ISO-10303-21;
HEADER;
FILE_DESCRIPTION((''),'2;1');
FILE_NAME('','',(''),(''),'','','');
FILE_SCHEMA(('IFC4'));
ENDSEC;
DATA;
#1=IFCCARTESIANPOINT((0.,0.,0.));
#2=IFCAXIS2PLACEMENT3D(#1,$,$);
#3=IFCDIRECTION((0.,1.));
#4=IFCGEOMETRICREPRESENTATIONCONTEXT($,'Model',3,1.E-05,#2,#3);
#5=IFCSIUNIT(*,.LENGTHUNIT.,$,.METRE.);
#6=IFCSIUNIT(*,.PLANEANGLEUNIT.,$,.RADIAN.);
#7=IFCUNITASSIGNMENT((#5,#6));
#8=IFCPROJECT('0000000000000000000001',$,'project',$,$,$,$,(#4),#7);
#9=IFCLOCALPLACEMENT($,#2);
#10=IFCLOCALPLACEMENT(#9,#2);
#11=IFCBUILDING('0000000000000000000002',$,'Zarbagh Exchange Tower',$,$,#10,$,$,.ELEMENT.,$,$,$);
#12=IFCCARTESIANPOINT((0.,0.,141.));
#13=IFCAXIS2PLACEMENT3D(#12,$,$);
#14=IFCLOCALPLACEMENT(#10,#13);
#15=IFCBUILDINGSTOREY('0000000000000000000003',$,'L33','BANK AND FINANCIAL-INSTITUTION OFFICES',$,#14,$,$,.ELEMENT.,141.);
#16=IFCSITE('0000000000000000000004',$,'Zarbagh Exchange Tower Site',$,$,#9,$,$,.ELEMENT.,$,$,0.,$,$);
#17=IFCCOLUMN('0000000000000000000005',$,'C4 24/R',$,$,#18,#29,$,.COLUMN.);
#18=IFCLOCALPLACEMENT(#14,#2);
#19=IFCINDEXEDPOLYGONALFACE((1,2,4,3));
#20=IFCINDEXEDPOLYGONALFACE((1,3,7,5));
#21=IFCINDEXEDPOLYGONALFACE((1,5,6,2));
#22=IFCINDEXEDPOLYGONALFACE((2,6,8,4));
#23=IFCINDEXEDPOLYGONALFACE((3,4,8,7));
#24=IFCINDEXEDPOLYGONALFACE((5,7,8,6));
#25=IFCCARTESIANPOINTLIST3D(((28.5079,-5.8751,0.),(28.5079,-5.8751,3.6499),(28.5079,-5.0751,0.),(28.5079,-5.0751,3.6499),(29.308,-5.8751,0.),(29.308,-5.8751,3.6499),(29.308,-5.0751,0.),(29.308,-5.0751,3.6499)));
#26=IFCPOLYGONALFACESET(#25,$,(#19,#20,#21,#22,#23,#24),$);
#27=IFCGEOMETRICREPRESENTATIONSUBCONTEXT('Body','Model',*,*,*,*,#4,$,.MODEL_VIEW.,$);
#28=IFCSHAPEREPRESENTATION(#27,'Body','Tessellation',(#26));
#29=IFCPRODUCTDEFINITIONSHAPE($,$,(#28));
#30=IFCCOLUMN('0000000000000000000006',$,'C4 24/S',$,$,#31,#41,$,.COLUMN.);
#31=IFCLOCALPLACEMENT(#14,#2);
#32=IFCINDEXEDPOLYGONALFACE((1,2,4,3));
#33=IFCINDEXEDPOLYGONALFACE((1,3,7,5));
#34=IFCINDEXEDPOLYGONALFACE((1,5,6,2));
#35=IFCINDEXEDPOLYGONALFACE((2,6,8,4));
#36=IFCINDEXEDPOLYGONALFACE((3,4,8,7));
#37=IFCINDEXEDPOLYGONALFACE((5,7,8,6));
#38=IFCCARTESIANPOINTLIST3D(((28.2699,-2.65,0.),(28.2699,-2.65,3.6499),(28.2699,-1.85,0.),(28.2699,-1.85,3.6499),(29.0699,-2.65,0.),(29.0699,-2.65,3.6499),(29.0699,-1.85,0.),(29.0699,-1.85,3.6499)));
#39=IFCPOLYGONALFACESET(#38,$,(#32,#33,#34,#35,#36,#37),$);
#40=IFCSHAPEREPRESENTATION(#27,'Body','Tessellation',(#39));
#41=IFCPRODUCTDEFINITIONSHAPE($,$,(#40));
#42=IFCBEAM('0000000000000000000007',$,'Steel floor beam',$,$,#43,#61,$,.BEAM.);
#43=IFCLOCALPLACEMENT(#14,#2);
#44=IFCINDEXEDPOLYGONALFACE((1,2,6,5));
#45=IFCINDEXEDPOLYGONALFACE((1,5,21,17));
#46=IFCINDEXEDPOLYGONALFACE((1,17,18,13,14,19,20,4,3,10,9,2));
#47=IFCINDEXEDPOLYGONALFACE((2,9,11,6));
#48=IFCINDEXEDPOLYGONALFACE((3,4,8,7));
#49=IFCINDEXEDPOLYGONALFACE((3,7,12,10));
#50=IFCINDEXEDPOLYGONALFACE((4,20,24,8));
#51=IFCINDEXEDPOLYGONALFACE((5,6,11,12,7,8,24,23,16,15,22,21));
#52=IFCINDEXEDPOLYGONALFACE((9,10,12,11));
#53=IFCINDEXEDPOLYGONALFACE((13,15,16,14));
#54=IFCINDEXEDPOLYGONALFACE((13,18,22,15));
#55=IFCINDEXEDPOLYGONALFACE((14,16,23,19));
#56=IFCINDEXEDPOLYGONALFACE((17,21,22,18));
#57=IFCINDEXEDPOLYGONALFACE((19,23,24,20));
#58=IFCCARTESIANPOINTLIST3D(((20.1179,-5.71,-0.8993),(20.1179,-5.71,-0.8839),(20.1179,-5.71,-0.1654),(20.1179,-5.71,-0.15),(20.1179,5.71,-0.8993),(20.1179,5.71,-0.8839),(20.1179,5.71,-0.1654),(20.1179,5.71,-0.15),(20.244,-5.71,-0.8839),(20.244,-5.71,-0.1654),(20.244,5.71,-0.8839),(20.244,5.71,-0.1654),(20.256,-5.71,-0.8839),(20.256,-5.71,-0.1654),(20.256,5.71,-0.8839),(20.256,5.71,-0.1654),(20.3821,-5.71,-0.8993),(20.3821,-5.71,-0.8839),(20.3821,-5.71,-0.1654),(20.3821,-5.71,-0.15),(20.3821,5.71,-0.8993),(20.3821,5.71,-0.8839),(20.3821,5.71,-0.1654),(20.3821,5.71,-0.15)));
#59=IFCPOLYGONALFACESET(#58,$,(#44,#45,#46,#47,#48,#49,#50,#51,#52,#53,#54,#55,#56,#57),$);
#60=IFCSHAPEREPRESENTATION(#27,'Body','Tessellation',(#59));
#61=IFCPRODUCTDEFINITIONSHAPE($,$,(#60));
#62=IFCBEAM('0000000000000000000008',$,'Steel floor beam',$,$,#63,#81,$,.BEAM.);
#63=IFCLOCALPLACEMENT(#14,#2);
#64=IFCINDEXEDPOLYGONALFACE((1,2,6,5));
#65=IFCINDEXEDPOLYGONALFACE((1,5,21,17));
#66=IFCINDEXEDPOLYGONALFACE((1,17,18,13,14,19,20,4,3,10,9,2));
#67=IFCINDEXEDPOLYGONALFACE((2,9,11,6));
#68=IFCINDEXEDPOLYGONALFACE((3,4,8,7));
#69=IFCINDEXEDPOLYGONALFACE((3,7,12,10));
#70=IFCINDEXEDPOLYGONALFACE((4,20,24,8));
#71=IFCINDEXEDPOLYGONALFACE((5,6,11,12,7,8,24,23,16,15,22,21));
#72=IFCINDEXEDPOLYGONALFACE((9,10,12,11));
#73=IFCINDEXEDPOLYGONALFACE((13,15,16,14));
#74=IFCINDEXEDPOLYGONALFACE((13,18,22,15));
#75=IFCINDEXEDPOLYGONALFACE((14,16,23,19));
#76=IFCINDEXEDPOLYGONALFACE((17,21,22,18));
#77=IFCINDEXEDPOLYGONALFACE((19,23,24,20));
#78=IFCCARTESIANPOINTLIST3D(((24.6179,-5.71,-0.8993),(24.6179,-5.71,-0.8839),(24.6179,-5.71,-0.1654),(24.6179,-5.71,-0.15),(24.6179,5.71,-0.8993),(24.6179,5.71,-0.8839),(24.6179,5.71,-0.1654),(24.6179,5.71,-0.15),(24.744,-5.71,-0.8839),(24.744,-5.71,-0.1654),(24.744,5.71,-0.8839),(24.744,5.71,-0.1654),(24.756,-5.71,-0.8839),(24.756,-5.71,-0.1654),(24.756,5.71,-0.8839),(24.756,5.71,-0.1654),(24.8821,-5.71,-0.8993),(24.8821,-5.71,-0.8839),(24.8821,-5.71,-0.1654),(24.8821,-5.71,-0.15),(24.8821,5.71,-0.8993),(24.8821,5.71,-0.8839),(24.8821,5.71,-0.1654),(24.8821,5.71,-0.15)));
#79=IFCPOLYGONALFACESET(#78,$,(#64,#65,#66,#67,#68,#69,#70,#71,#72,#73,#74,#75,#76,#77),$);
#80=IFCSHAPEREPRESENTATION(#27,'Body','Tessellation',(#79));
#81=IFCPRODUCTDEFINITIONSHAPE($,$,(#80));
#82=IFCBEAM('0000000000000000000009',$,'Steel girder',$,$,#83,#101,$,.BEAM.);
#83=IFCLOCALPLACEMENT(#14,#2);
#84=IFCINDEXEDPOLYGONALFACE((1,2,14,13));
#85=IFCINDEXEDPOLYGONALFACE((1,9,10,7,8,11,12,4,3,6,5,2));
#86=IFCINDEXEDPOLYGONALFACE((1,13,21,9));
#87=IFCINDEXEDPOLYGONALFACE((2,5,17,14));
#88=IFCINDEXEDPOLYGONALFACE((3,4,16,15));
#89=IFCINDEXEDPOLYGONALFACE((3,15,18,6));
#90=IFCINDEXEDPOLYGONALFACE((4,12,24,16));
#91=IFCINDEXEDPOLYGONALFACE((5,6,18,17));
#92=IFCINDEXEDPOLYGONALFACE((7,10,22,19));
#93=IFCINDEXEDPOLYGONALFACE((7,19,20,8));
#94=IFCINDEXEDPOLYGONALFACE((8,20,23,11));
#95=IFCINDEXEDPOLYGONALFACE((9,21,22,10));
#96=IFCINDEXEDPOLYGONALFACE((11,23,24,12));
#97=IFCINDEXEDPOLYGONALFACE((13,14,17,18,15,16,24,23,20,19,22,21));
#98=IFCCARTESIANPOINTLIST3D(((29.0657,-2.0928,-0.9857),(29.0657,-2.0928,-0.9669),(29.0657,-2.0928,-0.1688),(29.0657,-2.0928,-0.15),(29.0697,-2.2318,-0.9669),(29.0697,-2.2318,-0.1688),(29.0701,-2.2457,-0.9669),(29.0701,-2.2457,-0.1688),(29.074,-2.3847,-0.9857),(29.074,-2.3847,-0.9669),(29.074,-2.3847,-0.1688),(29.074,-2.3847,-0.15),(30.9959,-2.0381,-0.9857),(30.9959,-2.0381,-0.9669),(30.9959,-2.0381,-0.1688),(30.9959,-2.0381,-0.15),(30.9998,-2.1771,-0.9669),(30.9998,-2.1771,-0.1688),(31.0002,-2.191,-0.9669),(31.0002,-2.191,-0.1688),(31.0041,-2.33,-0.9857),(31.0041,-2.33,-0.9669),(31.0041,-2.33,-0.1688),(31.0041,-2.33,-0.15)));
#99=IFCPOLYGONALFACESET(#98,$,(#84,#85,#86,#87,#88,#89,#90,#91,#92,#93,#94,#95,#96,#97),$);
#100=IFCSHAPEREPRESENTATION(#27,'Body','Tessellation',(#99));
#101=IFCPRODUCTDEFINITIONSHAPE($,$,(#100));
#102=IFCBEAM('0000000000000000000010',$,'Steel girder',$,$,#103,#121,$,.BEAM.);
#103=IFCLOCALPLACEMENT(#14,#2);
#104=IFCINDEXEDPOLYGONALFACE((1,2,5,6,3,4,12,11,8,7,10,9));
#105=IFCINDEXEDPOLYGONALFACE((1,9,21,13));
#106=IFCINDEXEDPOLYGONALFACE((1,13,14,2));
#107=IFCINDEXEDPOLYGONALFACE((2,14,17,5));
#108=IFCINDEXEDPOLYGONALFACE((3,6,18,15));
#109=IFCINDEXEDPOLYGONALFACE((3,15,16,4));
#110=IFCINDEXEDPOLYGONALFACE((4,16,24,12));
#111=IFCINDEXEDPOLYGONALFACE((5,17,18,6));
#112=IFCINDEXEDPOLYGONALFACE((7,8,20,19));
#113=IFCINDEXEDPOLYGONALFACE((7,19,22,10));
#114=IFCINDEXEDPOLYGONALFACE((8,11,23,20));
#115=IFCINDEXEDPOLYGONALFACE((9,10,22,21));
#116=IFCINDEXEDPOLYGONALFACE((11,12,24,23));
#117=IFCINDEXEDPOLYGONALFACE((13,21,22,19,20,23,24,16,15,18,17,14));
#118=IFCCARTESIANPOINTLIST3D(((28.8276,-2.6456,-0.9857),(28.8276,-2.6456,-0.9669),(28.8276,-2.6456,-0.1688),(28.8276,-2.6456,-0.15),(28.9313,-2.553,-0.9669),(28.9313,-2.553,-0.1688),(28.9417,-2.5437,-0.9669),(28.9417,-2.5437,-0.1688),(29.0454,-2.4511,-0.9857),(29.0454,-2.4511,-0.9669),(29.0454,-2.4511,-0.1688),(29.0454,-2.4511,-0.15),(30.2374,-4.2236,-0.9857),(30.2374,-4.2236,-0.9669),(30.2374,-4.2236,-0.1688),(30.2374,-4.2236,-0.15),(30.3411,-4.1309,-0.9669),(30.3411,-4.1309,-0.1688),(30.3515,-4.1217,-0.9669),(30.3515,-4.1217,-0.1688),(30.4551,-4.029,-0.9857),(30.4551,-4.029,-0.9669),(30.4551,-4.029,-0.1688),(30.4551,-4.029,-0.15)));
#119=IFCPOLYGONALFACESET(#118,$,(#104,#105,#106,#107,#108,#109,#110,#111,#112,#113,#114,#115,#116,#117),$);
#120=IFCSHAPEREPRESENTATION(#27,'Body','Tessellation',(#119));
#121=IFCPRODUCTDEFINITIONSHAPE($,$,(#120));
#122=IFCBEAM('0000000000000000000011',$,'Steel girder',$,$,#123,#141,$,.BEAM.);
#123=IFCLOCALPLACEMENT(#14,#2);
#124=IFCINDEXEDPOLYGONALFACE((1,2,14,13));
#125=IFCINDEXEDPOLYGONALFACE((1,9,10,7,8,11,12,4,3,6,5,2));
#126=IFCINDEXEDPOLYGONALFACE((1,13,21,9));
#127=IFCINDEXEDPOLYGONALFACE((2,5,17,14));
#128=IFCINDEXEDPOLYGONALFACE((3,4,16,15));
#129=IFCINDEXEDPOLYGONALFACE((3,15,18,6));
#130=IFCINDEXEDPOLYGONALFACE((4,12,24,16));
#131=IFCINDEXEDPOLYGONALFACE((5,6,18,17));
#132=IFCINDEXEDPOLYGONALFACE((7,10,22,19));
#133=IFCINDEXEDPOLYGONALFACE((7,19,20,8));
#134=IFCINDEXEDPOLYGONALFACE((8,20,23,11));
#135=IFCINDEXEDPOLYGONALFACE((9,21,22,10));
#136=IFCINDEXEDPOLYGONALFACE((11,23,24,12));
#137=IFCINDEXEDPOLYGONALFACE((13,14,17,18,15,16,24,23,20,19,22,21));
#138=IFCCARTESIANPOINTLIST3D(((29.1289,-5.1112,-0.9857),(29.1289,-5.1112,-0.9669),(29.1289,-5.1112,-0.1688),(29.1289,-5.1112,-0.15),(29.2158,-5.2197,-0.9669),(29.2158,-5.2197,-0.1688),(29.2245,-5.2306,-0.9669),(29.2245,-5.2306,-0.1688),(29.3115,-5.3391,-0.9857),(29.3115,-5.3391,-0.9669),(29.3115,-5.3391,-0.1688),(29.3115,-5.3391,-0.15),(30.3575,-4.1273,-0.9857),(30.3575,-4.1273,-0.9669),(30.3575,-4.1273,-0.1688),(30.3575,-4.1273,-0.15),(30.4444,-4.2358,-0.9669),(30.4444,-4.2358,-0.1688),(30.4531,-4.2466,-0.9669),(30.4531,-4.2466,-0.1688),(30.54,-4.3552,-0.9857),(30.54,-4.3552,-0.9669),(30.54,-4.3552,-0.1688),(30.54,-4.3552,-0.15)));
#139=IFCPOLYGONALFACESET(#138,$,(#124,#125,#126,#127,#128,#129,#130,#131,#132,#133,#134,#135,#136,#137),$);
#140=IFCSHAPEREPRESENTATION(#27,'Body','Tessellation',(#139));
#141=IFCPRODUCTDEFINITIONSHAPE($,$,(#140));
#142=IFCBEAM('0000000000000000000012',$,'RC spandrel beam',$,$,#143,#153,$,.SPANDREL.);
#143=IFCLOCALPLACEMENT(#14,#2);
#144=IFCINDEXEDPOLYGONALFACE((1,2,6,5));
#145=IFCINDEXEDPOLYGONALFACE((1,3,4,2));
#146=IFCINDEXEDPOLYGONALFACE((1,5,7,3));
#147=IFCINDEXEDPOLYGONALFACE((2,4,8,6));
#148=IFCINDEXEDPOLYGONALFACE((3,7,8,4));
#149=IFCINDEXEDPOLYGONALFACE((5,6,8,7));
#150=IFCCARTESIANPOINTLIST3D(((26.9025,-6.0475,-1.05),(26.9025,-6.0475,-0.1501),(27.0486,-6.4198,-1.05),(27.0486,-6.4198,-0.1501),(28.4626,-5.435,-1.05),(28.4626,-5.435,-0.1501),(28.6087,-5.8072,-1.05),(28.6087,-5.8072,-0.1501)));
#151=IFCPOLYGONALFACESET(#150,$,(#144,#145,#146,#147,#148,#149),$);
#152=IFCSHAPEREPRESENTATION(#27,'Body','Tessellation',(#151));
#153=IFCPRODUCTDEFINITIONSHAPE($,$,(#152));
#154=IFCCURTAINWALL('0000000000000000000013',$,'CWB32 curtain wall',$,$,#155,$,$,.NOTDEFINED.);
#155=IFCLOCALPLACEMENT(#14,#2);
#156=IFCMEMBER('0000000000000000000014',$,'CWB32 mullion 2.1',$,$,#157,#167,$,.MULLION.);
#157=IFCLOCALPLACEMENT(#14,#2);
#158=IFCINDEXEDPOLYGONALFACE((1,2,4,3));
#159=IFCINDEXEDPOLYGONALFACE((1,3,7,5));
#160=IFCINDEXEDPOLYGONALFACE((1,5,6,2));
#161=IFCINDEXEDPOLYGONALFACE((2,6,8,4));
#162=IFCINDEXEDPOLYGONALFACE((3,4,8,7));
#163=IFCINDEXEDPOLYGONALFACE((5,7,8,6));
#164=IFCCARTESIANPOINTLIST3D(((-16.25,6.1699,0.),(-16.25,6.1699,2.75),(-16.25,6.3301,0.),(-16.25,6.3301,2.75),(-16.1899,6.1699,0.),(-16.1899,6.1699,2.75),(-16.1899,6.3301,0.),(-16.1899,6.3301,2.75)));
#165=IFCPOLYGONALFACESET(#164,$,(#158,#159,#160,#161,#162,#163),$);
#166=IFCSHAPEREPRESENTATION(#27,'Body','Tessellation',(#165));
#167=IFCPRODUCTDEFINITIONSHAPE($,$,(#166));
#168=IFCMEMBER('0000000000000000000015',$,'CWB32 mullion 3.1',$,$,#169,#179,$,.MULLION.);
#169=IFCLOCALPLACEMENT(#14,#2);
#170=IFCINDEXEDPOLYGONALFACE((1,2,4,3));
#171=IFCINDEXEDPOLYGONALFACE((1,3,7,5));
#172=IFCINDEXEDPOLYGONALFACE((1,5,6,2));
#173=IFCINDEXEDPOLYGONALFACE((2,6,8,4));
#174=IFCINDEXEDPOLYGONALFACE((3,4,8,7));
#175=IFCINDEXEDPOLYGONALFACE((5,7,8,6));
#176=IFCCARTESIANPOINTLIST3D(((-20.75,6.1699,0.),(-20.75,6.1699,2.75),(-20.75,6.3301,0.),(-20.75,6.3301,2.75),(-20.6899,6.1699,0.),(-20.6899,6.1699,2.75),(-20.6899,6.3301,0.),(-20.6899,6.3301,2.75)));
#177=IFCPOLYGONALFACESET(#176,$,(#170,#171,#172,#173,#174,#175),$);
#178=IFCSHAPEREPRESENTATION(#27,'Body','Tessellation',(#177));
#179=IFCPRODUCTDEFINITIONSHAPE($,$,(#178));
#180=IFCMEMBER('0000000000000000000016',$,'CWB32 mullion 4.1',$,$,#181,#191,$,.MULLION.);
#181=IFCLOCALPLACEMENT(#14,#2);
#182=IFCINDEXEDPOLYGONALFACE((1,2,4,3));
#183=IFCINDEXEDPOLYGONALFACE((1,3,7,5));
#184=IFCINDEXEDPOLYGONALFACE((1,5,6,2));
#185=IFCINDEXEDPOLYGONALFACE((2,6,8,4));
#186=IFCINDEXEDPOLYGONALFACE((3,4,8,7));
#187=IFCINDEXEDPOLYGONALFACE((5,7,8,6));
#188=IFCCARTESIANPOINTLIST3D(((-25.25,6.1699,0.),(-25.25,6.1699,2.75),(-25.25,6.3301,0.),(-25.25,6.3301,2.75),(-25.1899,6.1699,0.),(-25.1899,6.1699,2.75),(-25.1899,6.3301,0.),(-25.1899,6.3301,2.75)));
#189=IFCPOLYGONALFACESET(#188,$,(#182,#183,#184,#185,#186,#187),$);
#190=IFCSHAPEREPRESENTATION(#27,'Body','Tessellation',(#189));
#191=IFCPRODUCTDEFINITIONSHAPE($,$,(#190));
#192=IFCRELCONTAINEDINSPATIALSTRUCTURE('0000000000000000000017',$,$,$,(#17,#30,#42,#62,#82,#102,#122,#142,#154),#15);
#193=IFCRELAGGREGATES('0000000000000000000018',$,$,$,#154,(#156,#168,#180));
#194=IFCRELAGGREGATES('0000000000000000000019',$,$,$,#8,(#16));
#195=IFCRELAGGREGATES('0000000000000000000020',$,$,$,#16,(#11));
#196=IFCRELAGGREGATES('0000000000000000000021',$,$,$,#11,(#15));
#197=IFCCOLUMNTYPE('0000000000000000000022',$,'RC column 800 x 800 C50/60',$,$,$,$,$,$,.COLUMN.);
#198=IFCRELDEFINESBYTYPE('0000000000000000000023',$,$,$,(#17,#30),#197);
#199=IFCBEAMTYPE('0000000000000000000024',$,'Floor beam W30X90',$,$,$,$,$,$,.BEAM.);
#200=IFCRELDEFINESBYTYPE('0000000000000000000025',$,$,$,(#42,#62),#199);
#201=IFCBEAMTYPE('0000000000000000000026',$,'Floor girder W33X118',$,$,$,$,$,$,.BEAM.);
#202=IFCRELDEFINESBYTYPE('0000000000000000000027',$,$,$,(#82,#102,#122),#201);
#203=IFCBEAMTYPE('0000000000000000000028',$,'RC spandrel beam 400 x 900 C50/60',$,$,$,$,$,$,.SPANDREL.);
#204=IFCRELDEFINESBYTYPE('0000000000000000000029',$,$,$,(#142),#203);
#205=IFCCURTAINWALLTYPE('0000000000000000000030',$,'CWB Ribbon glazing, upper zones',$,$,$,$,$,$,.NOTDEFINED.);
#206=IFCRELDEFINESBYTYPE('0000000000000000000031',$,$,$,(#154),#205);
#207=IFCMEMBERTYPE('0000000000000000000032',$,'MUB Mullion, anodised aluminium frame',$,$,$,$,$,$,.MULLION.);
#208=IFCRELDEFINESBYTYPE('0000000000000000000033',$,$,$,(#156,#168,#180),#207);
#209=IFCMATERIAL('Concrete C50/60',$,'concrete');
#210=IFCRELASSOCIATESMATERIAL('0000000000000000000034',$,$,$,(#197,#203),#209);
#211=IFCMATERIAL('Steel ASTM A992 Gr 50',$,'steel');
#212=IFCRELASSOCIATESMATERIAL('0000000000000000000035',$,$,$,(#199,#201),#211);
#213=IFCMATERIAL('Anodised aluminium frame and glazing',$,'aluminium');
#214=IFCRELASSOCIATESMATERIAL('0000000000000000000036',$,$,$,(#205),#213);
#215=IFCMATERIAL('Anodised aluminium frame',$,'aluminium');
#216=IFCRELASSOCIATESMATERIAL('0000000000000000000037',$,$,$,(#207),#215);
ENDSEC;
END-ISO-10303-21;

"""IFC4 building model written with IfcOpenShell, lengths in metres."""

from ifc_helpers import new_model, si_unit, direction, frame, origin, origin_2d, place, context, subcontext, project, spatial, polyline, rectangle, i_section, outline, extrude, source, transform, mapped, material, material_profile, profile_set, type_object, element, aggregate, save


model = new_model("IFC4")

# Units and contexts
model_context = context("Model", 3, precision=1e-05, world=origin(), true_north=direction((0.0, 1.0)))
body_context = subcontext(model_context, "Body", "Model", "MODEL_VIEW")
ifc_project = project(units=[si_unit("LENGTHUNIT", "METRE"), si_unit("PLANEANGLEUNIT", "RADIAN")], contexts=[model_context])

# Site, building, storey
site_placement = place(None, origin())
site = spatial("IfcSite", under=ifc_project, at=site_placement, Name="Zarbagh Exchange Tower Site", CompositionType="ELEMENT", RefElevation=0.0)
building_placement = place(site_placement, origin())
building = spatial("IfcBuilding", under=site, at=building_placement, Name="Zarbagh Exchange Tower", CompositionType="ELEMENT")
storey_placement = place(building_placement, frame((0.0, 0.0, 141.0)))
storey = spatial("IfcBuildingStorey", under=building, at=storey_placement, Name="L33", Description="BANK AND FINANCIAL-INSTITUTION OFFICES", CompositionType="ELEMENT", Elevation=141.0)

# Columns
ifc_material_1 = material(Name="Concrete C50/60", Category="concrete")
ifc_material_profile_1 = material_profile(ifc_material_1, rectangle(XDim=0.8, YDim=0.8, at=origin_2d()), Name="RC column 800 x 800 C50/60")
ifc_profile_set_1 = profile_set([ifc_material_profile_1], Name="Concrete C50/60")
column_type = type_object("IfcColumnType", Name="RC column 800 x 800 C50/60", PredefinedType="COLUMN", material=ifc_profile_set_1)
for number, where, z_axis, x_axis, name in (
    (1, (28.908, -5.4751, 0.0), (0.0, 0.0, 1.0), (1.0, 0.0, 0.0), "C4 24/R"),
    (2, (28.6699, -2.25, 0.0), (0.0, 0.0, 1.0), (1.0, 0.0, 0.0), "C4 24/S"),
):
    element("IfcColumn", number, at=place(storey_placement, frame(where, z_axis=z_axis, x_axis=x_axis)), inside=storey, type_object=column_type, Name=name, PredefinedType="COLUMN", context=body_context, shape_type="SweptSolid", body=[
        extrude(rectangle(XDim=0.8, YDim=0.8, at=origin_2d()), origin(), (0.0, 0.0, 1.0), 3.6499),
    ])

# Beams
ifc_material_2 = material(Name="Steel ASTM A992 Gr 50", Category="steel")
ifc_material_profile_2 = material_profile(ifc_material_2, i_section(OverallWidth=0.2642, OverallDepth=0.7493, WebThickness=0.012, FlangeThickness=0.0154, at=origin_2d()), Name="W30X90")
ifc_profile_set_2 = profile_set([ifc_material_profile_2], Name="Steel ASTM A992 Gr 50")
beam_type_1 = type_object("IfcBeamType", Name="Floor beam W30X90", PredefinedType="BEAM", material=ifc_profile_set_2)
for number, where, z_axis, x_axis, name in (
    (3, (20.25, -5.71, -0.5247), (0.0, 1.0, 0.0), (-1.0, 0.0, 0.0), "Steel floor beam"),
    (4, (24.75, -5.71, -0.5247), (0.0, 1.0, 0.0), (-1.0, 0.0, 0.0), "Steel floor beam"),
):
    element("IfcBeam", number, at=place(storey_placement, frame(where, z_axis=z_axis, x_axis=x_axis)), inside=storey, type_object=beam_type_1, Name=name, PredefinedType="BEAM", context=body_context, shape_type="SweptSolid", body=[
        extrude(i_section(OverallWidth=0.2642, OverallDepth=0.7493, WebThickness=0.012, FlangeThickness=0.0154, at=origin_2d()), origin(), (0.0, 0.0, 1.0), 11.4199),
    ])
ifc_material_profile_3 = material_profile(ifc_material_2, i_section(OverallWidth=0.292, OverallDepth=0.8357, WebThickness=0.0139, FlangeThickness=0.0188, at=origin_2d()), Name="W33X118")
ifc_profile_set_3 = profile_set([ifc_material_profile_3], Name="Steel ASTM A992 Gr 50")
beam_type_2 = type_object("IfcBeamType", Name="Floor girder W33X118", PredefinedType="BEAM", material=ifc_profile_set_3)
beam_1_placement = place(storey_placement, frame((31.0, -2.1841, -0.5679), z_axis=(-0.999599, -0.028322, 0.0), x_axis=(0.028322, -0.999599, 0.0)))
element("IfcBeam", 5, at=beam_1_placement, inside=storey, type_object=beam_type_2, Name="Steel girder", PredefinedType="BEAM", context=body_context, shape_type="SweptSolid", body=[
    extrude(i_section(OverallWidth=0.292, OverallDepth=0.8357, WebThickness=0.0139, FlangeThickness=0.0188, at=origin_2d()), origin(), (0.0, 0.0, 1.0), 1.9309),
])
beam_2_placement = place(storey_placement, frame((28.9365, -2.5483, -0.5679), z_axis=(0.666238, -0.745739, 0.0), x_axis=(0.745739, 0.666238, 0.0)))
element("IfcBeam", 6, at=beam_2_placement, inside=storey, type_object=beam_type_2, Name="Steel girder", PredefinedType="BEAM", context=body_context, shape_type="SweptSolid", body=[
    extrude(i_section(OverallWidth=0.292, OverallDepth=0.8357, WebThickness=0.0139, FlangeThickness=0.0188, at=origin_2d()), origin(), (0.0, 0.0, 1.0), 2.116),
])
beam_3_placement = place(storey_placement, frame((30.4487, -4.2412, -0.5679), z_axis=(-0.780536, -0.625111, 0.0), x_axis=(0.625111, -0.780536, 0.0)))
element("IfcBeam", 7, at=beam_3_placement, inside=storey, type_object=beam_type_2, Name="Steel girder", PredefinedType="BEAM", context=body_context, shape_type="SweptSolid", body=[
    extrude(i_section(OverallWidth=0.292, OverallDepth=0.8357, WebThickness=0.0139, FlangeThickness=0.0188, at=origin_2d()), origin(), (0.0, 0.0, 1.0), 1.574),
])
ifc_material_profile_4 = material_profile(ifc_material_1, rectangle(XDim=0.3999, YDim=0.8999, at=origin_2d()), Name="RC spandrel beam 400 x 900 C50/60")
ifc_profile_set_4 = profile_set([ifc_material_profile_4], Name="Concrete C50/60")
beam_type_3 = type_object("IfcBeamType", Name="RC spandrel beam 400 x 900 C50/60", PredefinedType="SPANDREL", material=ifc_profile_set_4)
beam_4_placement = place(storey_placement, frame((28.5356, -5.6211, -0.6001), z_axis=(-0.930819, -0.365481, 0.0), x_axis=(0.365481, -0.930819, 0.0)))
element("IfcBeam", 8, at=beam_4_placement, inside=storey, type_object=beam_type_3, Name="RC spandrel beam", PredefinedType="SPANDREL", context=body_context, shape_type="SweptSolid", body=[
    extrude(rectangle(XDim=0.3999, YDim=0.8999, at=origin_2d()), origin(), (0.0, 0.0, 1.0), 1.676),
])

# Curtain wall, members
ifc_material_3 = material(Name="Anodised aluminium frame and glazing", Category="aluminium")
curtain_wall_type = type_object("IfcCurtainWallType", Name="CWB Ribbon glazing, upper zones", PredefinedType="NOTDEFINED", material=ifc_material_3)
curtain_wall_1_placement = place(storey_placement, origin())
curtain_wall_1 = element("IfcCurtainWall", 9, at=curtain_wall_1_placement, inside=storey, type_object=curtain_wall_type, Name="CWB32 curtain wall", PredefinedType="NOTDEFINED")
ifc_material_4 = material(Name="Anodised aluminium frame", Category="aluminium")
member_type = type_object("IfcMemberType", Name="MUB Mullion, anodised aluminium frame", PredefinedType="MULLION", material=ifc_material_4)
shared_shape_1 = source(origin(), body_context, "Body", "SweptSolid", [
    extrude(outline(polyline([(0.0, -0.0801), (0.0601, -0.0801), (0.0601, 0.0801), (0.0, 0.0801), (0.0, -0.0801)])), origin(), (0.0, 0.0, 1.0), 2.75),
])
placement = place(storey_placement, origin())
member_1 = element("IfcMember", 10, at=placement, type_object=member_type, Name="CWB32 mullion 2.1", PredefinedType="MULLION", context=body_context, shape_type="MappedRepresentation", body=[
    mapped(shared_shape_1, transform((-16.1899, 6.25, 0.0), x_axis=(-1.0, 0.0, 0.0), y_axis=(0.0, -1.0, 0.0), z_axis=(0.0, 0.0, 1.0))),
])
member_2 = element("IfcMember", 11, at=placement, type_object=member_type, Name="CWB32 mullion 3.1", PredefinedType="MULLION", context=body_context, shape_type="MappedRepresentation", body=[
    mapped(shared_shape_1, transform((-20.6899, 6.25, 0.0), x_axis=(-1.0, 0.0, 0.0), y_axis=(0.0, -1.0, 0.0), z_axis=(0.0, 0.0, 1.0))),
])
member_3 = element("IfcMember", 12, at=placement, type_object=member_type, Name="CWB32 mullion 4.1", PredefinedType="MULLION", context=body_context, shape_type="MappedRepresentation", body=[
    mapped(shared_shape_1, transform((-25.1899, 6.25, 0.0), x_axis=(-1.0, 0.0, 0.0), y_axis=(0.0, -1.0, 0.0), z_axis=(0.0, 0.0, 1.0))),
])

aggregate(curtain_wall_1, [member_1, member_2, member_3])

save(model, "model.ifc")
